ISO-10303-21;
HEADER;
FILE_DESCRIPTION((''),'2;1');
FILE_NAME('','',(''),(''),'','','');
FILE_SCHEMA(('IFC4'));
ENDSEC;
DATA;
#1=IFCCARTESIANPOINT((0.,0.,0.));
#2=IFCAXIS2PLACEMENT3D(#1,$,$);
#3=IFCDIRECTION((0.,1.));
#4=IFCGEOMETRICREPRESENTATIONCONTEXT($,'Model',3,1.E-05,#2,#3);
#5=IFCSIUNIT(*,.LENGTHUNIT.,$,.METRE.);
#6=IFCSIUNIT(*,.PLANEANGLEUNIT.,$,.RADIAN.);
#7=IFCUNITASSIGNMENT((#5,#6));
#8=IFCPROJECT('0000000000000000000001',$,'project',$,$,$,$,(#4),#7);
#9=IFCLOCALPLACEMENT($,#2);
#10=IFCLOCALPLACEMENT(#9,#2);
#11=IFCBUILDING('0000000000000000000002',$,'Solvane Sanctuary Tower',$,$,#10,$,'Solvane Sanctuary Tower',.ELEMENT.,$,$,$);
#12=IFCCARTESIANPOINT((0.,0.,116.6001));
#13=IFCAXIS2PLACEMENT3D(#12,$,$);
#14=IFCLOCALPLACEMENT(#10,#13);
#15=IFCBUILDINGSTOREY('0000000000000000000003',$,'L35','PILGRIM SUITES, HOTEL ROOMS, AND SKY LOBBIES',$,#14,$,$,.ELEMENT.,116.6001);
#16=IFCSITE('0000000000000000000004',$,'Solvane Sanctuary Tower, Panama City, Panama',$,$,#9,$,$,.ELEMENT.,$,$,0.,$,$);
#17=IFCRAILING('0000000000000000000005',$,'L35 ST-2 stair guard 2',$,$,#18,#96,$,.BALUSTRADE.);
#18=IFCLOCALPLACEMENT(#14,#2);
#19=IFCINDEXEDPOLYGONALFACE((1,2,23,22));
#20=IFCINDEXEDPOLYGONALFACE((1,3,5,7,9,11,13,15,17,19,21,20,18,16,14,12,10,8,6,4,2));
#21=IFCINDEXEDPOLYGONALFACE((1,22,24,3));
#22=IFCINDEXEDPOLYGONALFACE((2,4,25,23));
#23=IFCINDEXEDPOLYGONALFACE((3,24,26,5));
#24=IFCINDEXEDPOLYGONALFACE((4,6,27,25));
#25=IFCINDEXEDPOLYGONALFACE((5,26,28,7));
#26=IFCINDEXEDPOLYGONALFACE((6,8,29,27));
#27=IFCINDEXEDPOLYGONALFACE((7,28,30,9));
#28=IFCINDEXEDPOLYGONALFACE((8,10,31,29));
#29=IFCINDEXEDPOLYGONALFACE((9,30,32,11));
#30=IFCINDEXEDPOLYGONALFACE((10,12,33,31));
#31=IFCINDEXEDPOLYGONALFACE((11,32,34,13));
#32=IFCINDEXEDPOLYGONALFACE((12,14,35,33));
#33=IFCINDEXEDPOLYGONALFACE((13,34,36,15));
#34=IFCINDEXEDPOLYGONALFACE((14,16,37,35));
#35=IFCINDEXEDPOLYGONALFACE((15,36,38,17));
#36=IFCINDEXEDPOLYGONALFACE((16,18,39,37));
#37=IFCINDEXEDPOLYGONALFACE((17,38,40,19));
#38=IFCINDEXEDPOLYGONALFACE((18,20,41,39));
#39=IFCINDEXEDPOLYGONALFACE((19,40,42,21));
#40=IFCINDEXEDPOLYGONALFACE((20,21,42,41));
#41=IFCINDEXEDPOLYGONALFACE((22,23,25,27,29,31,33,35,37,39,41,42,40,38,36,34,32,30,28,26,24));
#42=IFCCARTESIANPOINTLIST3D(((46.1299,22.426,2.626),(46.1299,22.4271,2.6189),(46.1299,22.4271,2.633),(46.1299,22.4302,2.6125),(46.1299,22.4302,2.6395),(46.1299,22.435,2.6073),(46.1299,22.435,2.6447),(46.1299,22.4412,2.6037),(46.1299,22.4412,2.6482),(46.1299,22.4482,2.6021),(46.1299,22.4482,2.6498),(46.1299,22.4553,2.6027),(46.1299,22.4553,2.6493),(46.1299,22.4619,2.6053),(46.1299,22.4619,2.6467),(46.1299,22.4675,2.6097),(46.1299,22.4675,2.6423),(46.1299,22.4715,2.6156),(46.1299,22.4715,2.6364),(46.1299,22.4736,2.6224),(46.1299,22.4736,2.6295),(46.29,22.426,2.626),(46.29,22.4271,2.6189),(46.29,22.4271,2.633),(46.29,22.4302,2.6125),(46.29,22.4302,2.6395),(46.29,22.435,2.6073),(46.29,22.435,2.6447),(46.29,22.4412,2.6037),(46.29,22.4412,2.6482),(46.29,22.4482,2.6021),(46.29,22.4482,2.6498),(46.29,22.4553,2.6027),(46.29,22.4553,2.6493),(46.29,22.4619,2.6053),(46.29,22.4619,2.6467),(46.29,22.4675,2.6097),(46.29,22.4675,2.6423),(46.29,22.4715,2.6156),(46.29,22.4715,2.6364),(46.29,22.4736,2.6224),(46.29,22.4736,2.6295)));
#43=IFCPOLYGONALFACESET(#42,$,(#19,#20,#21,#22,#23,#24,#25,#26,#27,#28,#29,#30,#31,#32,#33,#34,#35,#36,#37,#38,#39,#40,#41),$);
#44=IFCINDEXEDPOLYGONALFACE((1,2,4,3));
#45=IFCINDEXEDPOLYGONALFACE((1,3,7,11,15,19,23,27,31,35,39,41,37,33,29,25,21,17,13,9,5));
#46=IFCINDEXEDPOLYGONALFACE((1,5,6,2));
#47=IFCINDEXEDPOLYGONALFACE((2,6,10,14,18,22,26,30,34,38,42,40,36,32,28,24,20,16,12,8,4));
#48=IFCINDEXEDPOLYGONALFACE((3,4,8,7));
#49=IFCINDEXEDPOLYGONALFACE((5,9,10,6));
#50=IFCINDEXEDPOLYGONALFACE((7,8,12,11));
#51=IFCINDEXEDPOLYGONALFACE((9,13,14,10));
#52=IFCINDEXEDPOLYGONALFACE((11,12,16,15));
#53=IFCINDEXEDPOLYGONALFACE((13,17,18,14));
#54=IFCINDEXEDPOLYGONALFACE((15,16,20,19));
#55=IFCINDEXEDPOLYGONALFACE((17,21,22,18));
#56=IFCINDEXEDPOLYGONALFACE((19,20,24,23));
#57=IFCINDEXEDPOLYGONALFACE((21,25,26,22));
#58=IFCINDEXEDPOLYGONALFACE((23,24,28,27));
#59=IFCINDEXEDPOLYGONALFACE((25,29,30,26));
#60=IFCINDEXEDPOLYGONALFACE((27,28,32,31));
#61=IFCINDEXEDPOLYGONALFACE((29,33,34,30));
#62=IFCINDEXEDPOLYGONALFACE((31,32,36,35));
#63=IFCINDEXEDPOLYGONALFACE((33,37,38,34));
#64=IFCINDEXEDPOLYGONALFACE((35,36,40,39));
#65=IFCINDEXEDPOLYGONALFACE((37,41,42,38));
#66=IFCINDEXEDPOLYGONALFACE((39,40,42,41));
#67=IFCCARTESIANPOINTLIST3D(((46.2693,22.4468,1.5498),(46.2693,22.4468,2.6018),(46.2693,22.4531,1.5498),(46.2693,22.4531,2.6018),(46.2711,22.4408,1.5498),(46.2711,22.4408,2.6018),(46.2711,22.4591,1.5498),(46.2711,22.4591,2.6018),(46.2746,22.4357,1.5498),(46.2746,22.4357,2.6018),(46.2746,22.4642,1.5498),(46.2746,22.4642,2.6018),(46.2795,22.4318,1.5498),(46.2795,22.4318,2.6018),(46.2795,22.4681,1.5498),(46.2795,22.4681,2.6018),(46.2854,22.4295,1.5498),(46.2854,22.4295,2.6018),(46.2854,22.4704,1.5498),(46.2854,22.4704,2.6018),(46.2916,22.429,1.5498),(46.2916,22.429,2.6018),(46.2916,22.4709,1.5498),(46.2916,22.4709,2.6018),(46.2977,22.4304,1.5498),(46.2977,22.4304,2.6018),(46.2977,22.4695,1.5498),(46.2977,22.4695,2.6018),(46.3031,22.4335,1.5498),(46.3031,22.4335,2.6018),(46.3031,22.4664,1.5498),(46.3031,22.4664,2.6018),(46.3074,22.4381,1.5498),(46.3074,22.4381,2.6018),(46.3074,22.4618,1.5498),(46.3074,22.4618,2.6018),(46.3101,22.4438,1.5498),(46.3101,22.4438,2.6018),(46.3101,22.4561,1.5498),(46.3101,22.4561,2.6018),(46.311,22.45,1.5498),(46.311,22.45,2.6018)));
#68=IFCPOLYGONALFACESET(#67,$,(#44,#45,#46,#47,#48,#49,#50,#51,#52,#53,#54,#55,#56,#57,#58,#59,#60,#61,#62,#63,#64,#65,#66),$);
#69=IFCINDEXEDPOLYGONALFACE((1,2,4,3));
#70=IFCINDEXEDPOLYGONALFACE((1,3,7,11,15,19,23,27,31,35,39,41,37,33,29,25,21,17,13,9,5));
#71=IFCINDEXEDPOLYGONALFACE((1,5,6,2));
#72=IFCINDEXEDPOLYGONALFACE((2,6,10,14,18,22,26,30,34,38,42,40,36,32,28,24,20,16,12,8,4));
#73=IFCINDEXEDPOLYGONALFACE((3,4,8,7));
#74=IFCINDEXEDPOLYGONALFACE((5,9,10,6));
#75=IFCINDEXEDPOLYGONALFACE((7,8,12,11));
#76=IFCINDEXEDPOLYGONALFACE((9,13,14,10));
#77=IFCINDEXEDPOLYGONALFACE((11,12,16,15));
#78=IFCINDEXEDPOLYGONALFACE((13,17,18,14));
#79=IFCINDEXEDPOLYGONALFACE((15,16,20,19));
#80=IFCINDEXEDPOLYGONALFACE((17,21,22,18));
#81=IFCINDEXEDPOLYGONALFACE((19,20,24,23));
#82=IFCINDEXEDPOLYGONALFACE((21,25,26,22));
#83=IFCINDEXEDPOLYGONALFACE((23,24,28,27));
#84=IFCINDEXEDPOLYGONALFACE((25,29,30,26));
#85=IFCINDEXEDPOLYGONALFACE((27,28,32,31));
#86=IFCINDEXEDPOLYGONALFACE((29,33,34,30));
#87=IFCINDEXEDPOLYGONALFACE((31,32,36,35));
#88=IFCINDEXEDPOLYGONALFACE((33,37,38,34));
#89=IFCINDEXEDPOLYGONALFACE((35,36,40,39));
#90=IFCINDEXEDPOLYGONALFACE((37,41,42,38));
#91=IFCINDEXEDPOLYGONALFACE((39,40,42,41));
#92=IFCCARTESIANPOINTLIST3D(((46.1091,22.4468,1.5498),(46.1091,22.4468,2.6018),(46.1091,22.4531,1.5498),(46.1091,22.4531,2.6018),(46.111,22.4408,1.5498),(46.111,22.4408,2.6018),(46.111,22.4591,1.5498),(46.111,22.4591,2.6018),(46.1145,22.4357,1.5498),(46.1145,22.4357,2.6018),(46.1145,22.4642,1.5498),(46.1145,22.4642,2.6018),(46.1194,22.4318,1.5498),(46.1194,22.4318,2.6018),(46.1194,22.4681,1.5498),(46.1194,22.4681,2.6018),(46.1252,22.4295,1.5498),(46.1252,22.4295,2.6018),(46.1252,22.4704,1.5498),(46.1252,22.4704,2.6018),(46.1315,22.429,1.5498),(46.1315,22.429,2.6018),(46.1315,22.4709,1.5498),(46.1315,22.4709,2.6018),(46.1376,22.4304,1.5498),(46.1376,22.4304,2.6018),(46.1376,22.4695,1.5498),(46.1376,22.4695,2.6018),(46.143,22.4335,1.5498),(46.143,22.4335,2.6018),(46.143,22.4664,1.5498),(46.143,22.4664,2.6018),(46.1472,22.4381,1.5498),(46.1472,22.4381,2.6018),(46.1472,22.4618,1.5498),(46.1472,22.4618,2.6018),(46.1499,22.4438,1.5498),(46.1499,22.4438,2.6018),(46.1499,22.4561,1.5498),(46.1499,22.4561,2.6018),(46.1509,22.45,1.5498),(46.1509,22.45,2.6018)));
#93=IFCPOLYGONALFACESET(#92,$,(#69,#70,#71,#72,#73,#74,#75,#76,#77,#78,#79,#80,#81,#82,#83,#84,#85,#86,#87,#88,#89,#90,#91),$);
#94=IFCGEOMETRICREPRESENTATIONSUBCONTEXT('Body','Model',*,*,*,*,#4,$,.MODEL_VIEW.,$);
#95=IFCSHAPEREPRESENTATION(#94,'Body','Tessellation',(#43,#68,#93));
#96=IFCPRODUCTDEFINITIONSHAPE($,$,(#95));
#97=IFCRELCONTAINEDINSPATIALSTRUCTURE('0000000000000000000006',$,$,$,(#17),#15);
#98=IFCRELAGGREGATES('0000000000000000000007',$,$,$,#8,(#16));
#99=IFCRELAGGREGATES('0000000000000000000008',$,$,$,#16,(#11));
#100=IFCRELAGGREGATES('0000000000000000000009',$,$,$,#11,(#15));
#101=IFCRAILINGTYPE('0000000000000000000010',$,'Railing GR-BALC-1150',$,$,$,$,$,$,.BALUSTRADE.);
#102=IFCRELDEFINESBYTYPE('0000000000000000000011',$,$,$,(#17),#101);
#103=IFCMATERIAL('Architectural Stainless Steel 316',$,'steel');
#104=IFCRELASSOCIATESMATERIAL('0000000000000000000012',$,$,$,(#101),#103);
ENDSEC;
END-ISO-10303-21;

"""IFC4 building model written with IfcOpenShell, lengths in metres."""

from ifc_helpers import new_model, si_unit, direction, frame, origin, origin_2d, place, context, subcontext, project, spatial, circle, extrude, material, type_object, element, save


model = new_model("IFC4")

# Units and contexts
model_context = context("Model", 3, precision=1e-05, world=origin(), true_north=direction((0.0, 1.0)))
body_context = subcontext(model_context, "Body", "Model", "MODEL_VIEW")
ifc_project = project(units=[si_unit("LENGTHUNIT", "METRE"), si_unit("PLANEANGLEUNIT", "RADIAN")], contexts=[model_context])

# Site, building, storey
site_placement = place(None, origin())
site = spatial("IfcSite", under=ifc_project, at=site_placement, Name="Solvane Sanctuary Tower, Panama City, Panama", CompositionType="ELEMENT", RefElevation=0.0)
building_placement = place(site_placement, origin())
building = spatial("IfcBuilding", under=site, at=building_placement, Name="Solvane Sanctuary Tower", LongName="Solvane Sanctuary Tower", CompositionType="ELEMENT")
storey_placement = place(building_placement, frame((0.0, 0.0, 116.6001)))
storey = spatial("IfcBuildingStorey", under=building, at=storey_placement, Name="L35", Description="PILGRIM SUITES, HOTEL ROOMS, AND SKY LOBBIES", CompositionType="ELEMENT", Elevation=116.6001)

# Shared definitions
ifc_material_1 = material(Name="Architectural Stainless Steel 316", Category="steel")

# Railing
railing_type = type_object("IfcRailingType", Name="Railing GR-BALC-1150", PredefinedType="BALUSTRADE", material=ifc_material_1)
railing_1_placement = place(storey_placement, frame((46.29, 22.45, 1.5498)))
element("IfcRailing", 1, at=railing_1_placement, inside=storey, type_object=railing_type, Name="L35 ST-2 stair guard 2", PredefinedType="BALUSTRADE", context=body_context, shape_type="SweptSolid", body=[
    extrude(circle(Radius=0.0239, at=origin_2d()), frame((0.0, 0.0, 1.0762), z_axis=(-1.0, 0.0, 0.0), x_axis=(0.0, -1.0, 0.0)), (0.0, 0.0, 1.0), 0.1602),
    extrude(circle(Radius=0.021, at=origin_2d()), origin(), (0.0, 0.0, 1.0), 1.052),
    extrude(circle(Radius=0.021, at=origin_2d()), frame((-0.1602, 0.0, 0.0)), (0.0, 0.0, 1.0), 1.052),
])

save(model, "model.ifc")
